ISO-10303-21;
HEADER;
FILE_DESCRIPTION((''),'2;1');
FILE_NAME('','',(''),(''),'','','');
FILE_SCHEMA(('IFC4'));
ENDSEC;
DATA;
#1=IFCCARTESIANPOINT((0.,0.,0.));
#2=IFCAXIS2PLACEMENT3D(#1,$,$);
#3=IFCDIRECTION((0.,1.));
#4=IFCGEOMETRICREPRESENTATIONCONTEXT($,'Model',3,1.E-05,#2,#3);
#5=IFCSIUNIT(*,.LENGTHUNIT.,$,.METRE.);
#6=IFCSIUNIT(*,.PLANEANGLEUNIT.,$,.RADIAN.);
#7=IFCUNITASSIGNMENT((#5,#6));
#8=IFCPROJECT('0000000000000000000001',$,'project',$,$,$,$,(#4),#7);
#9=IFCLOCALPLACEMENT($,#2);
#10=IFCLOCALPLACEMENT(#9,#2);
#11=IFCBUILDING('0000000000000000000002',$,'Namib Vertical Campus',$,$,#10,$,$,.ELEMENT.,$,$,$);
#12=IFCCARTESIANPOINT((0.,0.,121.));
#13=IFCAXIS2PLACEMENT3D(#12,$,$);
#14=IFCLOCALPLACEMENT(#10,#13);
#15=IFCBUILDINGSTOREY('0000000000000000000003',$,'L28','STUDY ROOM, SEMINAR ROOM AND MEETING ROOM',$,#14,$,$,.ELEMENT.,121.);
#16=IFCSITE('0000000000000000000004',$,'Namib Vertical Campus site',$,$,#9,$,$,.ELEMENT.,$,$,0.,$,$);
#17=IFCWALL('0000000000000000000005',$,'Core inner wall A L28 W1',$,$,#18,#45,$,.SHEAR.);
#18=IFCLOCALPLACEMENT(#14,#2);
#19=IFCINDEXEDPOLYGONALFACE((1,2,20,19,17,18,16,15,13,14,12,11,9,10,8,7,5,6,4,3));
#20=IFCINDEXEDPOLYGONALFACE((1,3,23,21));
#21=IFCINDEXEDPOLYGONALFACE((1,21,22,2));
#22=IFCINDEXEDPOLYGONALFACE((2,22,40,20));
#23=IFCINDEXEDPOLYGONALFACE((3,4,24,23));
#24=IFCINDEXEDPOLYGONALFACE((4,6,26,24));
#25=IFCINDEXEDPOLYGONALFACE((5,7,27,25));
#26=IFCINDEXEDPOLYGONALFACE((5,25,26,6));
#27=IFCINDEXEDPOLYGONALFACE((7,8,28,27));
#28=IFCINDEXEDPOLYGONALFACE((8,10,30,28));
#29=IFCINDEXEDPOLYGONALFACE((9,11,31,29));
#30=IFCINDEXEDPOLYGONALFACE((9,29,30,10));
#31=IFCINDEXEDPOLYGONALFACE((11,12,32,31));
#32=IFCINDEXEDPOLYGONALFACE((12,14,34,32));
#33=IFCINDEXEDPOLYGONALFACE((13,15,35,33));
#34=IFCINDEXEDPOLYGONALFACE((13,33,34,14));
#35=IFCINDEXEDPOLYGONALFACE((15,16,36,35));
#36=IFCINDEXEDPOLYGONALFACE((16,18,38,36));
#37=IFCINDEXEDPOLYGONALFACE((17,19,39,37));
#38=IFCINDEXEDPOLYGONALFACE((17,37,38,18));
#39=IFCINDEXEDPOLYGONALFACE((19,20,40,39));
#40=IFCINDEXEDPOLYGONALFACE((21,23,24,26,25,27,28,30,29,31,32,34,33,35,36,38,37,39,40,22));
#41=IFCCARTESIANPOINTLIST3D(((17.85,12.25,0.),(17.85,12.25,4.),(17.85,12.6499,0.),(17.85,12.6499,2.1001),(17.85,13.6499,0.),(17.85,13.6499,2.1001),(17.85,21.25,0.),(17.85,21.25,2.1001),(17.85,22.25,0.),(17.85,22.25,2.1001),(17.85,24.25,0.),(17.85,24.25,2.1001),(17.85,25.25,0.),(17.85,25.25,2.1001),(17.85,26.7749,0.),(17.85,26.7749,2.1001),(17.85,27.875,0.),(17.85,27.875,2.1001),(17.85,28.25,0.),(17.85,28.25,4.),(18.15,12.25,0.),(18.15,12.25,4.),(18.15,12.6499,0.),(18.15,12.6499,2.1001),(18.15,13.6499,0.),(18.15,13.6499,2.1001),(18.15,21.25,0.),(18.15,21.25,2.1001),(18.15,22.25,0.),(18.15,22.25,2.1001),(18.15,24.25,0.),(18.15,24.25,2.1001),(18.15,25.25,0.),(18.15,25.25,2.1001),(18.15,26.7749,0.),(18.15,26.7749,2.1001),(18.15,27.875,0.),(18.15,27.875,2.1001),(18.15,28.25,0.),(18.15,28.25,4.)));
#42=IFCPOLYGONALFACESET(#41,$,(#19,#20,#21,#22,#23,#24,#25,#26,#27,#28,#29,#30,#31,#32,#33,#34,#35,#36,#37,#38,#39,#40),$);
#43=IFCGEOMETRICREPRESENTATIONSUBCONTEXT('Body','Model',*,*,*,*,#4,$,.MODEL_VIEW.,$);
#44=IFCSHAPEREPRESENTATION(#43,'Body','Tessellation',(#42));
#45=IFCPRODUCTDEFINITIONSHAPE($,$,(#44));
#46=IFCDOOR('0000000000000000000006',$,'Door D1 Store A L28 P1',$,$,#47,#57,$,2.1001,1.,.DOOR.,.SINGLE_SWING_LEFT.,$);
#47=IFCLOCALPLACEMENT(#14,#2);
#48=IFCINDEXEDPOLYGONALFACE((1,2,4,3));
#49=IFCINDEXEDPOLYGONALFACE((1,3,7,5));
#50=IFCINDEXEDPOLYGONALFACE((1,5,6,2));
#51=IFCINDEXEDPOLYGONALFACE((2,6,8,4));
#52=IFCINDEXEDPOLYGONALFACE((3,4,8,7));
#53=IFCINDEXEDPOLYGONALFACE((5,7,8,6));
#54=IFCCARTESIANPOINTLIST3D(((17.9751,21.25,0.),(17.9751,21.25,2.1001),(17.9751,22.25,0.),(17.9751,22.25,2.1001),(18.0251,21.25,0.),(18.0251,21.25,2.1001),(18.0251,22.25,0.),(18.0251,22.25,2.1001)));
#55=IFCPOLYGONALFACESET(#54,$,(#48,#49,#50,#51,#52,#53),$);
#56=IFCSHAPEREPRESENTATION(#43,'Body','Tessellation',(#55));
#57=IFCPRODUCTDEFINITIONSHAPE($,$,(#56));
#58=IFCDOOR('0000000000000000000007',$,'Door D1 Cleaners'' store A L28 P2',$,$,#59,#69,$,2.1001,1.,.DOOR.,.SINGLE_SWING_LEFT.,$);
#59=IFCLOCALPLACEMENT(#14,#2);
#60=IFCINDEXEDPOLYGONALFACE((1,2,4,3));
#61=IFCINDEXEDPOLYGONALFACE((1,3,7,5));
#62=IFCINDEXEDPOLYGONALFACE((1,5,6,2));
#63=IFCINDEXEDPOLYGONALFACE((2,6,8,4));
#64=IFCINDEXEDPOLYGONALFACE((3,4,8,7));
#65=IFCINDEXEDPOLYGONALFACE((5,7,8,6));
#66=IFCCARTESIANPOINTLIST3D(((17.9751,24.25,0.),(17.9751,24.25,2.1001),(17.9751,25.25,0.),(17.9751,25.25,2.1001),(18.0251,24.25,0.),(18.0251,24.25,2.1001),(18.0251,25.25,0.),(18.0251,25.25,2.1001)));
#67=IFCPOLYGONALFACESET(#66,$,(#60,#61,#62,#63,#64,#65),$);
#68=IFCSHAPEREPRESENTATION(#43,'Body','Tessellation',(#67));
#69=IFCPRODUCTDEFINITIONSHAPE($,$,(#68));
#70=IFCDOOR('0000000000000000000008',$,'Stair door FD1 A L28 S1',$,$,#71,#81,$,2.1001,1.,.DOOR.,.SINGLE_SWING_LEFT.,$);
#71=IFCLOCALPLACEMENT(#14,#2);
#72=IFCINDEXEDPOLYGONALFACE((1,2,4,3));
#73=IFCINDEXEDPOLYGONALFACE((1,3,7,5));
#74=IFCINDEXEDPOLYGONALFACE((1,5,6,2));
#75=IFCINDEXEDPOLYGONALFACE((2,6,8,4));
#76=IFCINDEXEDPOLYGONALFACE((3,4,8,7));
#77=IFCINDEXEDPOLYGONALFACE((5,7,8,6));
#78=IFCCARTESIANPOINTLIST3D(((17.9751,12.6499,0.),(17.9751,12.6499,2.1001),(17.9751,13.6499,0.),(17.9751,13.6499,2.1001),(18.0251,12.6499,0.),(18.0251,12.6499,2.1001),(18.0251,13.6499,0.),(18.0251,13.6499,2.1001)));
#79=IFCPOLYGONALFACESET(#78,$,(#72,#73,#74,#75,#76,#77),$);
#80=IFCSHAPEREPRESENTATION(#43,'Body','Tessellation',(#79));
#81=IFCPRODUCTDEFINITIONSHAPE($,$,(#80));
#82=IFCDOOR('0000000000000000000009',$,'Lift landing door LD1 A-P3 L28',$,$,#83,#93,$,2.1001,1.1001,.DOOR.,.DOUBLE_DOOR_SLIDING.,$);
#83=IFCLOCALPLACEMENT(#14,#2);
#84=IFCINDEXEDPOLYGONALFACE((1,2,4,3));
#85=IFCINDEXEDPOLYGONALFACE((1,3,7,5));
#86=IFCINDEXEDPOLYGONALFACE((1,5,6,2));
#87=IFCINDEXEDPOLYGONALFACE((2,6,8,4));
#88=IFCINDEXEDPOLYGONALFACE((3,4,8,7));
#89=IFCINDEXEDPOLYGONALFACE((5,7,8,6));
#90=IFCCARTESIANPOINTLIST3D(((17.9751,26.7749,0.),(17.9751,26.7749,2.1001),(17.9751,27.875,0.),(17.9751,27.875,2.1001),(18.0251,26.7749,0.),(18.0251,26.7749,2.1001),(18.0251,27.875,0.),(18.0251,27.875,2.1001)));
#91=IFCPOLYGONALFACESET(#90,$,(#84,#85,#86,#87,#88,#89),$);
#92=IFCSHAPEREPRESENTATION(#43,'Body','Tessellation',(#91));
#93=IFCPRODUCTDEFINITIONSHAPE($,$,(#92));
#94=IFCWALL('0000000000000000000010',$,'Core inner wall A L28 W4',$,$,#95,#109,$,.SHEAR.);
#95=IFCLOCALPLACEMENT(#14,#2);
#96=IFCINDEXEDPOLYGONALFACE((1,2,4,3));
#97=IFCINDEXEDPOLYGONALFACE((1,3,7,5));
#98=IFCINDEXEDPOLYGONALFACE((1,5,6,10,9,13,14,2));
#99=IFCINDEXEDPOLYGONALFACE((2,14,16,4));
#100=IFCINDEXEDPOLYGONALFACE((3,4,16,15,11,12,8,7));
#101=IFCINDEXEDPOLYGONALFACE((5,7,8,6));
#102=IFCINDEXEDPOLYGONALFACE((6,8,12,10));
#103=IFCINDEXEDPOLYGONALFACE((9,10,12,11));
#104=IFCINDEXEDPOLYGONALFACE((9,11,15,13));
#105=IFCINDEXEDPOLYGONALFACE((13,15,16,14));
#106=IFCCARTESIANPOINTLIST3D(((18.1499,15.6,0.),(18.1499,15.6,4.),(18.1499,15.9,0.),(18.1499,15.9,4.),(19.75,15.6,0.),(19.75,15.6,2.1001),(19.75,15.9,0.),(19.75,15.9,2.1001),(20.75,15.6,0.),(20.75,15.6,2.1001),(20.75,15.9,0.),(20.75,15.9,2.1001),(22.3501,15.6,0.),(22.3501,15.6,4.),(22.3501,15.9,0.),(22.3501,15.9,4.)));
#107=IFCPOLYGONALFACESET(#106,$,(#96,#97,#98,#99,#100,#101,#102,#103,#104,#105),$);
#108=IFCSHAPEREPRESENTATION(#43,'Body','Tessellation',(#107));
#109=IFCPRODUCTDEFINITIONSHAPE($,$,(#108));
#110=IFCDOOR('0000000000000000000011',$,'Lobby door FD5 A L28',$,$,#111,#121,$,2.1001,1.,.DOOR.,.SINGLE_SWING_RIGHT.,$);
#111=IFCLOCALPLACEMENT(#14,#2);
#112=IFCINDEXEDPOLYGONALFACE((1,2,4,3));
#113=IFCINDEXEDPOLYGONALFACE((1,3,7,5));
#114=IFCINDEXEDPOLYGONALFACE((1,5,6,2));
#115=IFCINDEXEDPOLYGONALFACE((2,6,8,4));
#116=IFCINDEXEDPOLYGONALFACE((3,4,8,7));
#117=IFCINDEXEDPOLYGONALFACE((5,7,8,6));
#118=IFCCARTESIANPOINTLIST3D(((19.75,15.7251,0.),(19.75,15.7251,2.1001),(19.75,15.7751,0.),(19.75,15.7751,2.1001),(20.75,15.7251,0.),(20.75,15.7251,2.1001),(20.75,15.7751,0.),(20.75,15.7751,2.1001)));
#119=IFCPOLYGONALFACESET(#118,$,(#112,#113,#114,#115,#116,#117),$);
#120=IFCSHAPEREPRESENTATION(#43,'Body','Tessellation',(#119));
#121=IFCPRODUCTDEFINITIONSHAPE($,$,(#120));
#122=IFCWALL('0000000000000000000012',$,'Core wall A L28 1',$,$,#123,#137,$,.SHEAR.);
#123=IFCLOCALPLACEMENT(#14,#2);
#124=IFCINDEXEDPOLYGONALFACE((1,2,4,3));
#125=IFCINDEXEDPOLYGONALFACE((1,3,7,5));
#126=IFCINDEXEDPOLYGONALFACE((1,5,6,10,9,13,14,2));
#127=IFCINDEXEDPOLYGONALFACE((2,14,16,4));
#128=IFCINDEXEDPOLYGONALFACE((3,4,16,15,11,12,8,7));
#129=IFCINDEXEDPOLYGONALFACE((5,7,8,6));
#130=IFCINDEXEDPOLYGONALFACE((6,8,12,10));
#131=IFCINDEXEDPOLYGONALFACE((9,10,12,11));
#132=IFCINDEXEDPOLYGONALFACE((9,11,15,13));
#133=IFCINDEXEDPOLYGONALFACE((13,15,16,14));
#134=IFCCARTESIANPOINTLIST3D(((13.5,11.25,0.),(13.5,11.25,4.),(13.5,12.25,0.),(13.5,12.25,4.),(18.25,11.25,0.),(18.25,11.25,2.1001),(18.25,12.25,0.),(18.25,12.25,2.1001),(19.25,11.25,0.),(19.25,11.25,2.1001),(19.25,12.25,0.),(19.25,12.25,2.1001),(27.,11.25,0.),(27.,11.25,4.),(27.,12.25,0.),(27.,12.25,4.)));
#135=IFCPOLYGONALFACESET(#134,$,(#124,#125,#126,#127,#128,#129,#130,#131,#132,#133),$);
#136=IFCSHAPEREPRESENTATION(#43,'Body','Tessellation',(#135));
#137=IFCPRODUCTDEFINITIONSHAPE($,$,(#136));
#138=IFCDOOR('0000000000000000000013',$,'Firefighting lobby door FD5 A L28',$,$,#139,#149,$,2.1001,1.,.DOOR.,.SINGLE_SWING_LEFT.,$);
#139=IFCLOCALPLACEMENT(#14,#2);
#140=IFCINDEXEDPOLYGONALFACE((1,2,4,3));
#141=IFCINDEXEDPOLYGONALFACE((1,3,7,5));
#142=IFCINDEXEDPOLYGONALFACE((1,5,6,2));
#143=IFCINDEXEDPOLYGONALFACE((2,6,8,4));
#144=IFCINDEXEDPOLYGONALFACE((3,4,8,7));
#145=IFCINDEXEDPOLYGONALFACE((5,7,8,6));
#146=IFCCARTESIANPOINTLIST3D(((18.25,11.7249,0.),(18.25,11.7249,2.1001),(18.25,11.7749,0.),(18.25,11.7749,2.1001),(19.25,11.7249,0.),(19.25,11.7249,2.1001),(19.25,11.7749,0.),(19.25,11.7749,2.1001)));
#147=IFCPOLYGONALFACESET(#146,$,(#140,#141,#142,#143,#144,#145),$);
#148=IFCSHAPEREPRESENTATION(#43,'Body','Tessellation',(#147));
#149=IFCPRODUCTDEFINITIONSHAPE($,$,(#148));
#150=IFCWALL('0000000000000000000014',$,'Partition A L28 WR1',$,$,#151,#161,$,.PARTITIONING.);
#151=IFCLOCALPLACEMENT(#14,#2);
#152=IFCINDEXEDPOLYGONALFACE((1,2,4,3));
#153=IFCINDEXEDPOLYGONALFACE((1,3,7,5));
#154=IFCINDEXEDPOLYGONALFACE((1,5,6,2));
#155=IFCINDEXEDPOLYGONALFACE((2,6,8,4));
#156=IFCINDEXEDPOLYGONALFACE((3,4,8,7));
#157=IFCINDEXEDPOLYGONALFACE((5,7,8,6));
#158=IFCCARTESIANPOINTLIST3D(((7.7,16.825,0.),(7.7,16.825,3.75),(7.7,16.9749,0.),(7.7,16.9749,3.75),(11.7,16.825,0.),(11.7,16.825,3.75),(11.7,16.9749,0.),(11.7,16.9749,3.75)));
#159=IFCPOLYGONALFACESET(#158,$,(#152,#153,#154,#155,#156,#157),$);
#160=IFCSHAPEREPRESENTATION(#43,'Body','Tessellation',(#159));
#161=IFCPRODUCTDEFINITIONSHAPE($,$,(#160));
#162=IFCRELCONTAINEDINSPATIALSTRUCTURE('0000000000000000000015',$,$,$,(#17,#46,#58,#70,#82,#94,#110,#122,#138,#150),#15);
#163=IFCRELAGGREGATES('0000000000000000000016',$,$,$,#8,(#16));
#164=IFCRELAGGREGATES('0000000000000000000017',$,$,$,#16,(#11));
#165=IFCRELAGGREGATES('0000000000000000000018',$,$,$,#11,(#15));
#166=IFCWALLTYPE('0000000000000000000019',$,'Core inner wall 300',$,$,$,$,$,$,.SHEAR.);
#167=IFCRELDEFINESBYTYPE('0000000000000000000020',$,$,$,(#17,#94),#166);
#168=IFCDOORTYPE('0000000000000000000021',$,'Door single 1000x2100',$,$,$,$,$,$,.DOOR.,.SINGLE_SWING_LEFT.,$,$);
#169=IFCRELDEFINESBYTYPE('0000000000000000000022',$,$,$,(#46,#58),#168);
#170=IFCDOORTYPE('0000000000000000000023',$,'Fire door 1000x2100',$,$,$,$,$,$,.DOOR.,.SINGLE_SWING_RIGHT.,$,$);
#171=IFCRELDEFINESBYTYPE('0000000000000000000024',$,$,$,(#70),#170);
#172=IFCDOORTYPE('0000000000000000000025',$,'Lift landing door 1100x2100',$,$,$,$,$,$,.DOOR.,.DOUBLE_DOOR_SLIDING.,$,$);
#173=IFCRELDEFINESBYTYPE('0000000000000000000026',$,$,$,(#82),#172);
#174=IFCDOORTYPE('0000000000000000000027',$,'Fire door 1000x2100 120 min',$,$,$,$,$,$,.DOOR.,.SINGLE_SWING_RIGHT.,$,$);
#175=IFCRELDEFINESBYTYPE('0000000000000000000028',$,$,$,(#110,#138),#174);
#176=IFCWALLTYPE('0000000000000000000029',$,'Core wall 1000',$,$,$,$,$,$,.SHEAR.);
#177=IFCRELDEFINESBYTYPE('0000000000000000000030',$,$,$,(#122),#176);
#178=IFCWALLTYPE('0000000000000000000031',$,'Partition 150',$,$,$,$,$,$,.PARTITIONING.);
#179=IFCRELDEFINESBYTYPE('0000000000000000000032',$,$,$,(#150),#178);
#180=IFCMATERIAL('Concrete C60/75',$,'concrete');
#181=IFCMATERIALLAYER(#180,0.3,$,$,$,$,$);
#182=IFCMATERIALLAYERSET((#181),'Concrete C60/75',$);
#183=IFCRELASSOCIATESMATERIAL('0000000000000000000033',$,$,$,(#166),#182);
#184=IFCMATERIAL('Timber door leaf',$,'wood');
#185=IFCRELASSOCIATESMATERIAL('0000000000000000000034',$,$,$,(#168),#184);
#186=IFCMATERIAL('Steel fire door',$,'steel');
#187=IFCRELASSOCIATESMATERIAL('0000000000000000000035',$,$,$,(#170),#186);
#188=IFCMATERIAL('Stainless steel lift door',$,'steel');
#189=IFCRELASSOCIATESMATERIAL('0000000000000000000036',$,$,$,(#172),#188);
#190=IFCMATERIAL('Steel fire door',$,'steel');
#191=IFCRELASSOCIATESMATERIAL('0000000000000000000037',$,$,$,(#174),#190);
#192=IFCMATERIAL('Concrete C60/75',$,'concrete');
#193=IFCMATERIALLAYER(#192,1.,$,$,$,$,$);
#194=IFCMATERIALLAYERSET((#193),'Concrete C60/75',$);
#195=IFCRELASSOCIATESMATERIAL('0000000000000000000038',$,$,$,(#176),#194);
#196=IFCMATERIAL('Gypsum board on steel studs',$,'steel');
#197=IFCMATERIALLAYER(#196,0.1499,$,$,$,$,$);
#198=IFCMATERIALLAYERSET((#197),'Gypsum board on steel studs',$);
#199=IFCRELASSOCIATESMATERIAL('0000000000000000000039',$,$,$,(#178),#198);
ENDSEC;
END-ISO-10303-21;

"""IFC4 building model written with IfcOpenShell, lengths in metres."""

from ifc_helpers import new_model, si_unit, direction, frame, frame_2d, origin, place, context, subcontext, project, spatial, rectangle, extrude, material, layer, layer_set, type_object, element, fill, save


model = new_model("IFC4")

# Units and contexts
model_context = context("Model", 3, precision=1e-05, world=origin(), true_north=direction((0.0, 1.0)))
body_context = subcontext(model_context, "Body", "Model", "MODEL_VIEW")
ifc_project = project(units=[si_unit("LENGTHUNIT", "METRE"), si_unit("PLANEANGLEUNIT", "RADIAN")], contexts=[model_context])

# Site, building, storey
site_placement = place(None, origin())
site = spatial("IfcSite", under=ifc_project, at=site_placement, Name="Namib Vertical Campus site", CompositionType="ELEMENT", RefElevation=0.0)
building_placement = place(site_placement, origin())
building = spatial("IfcBuilding", under=site, at=building_placement, Name="Namib Vertical Campus", CompositionType="ELEMENT")
storey_placement = place(building_placement, frame((0.0, 0.0, 121.0)))
storey = spatial("IfcBuildingStorey", under=building, at=storey_placement, Name="L28", Description="STUDY ROOM, SEMINAR ROOM AND MEETING ROOM", CompositionType="ELEMENT", Elevation=121.0)

# Wall, openings, doors
ifc_material_1 = material(Name="Concrete C60/75", Category="concrete")
ifc_layer_1 = layer(ifc_material_1, 0.3)
ifc_layer_set_1 = layer_set([ifc_layer_1], Name="Concrete C60/75")
wall_type_1 = type_object("IfcWallType", Name="Core inner wall 300", PredefinedType="SHEAR", material=ifc_layer_set_1)
wall_1_placement = place(storey_placement, frame((18.0, 12.25, 0.0), z_axis=(0.0, 0.0, 1.0), x_axis=(0.0, 1.0, 0.0)))
wall_1 = element("IfcWall", 1, at=wall_1_placement, inside=storey, type_object=wall_type_1, Name="Core inner wall A L28 W1", PredefinedType="SHEAR", context=body_context, shape_type="SweptSolid", body=[
    extrude(rectangle(XDim=16.0, YDim=0.3, at=frame_2d((8.0, 0.0))), origin(), (0.0, 0.0, 1.0), 4.0),
])
opening_1_placement = place(wall_1_placement, frame((0.3999, 0.0, 0.0)))
opening_1 = element("IfcOpeningElement", 2, at=opening_1_placement, cuts=wall_1, PredefinedType="OPENING", context=body_context, shape_type="SweptSolid", body=[
    extrude(rectangle(XDim=1.0, YDim=2.1001, at=frame_2d((0.5, 1.05))), frame((0.0, 0.1599, 0.0), z_axis=(0.0, -1.0, 0.0), x_axis=(1.0, 0.0, 0.0)), (0.0, 0.0, 1.0), 0.3201),
])
opening_2_placement = place(wall_1_placement, frame((14.5249, 0.0, 0.0)))
opening_2 = element("IfcOpeningElement", 3, at=opening_2_placement, cuts=wall_1, PredefinedType="OPENING", context=body_context, shape_type="SweptSolid", body=[
    extrude(rectangle(XDim=1.1001, YDim=2.1001, at=frame_2d((0.55, 1.05))), frame((0.0, 0.1599, 0.0), z_axis=(0.0, -1.0, 0.0), x_axis=(1.0, 0.0, 0.0)), (0.0, 0.0, 1.0), 0.3201),
])
opening_3_placement = place(wall_1_placement, frame((9.0, 0.0, 0.0)))
opening_3 = element("IfcOpeningElement", 4, at=opening_3_placement, cuts=wall_1, PredefinedType="OPENING", context=body_context, shape_type="SweptSolid", body=[
    extrude(rectangle(XDim=1.0, YDim=2.1001, at=frame_2d((0.5, 1.05))), frame((0.0, 0.1599, 0.0), z_axis=(0.0, -1.0, 0.0), x_axis=(1.0, 0.0, 0.0)), (0.0, 0.0, 1.0), 0.3201),
])
opening_4_placement = place(wall_1_placement, frame((12.0, 0.0, 0.0)))
opening_4 = element("IfcOpeningElement", 5, at=opening_4_placement, cuts=wall_1, PredefinedType="OPENING", context=body_context, shape_type="SweptSolid", body=[
    extrude(rectangle(XDim=1.0, YDim=2.1001, at=frame_2d((0.5, 1.05))), frame((0.0, 0.1599, 0.0), z_axis=(0.0, -1.0, 0.0), x_axis=(1.0, 0.0, 0.0)), (0.0, 0.0, 1.0), 0.3201),
])
ifc_material_2 = material(Name="Timber door leaf", Category="wood")
door_type_1 = type_object("IfcDoorType", Name="Door single 1000x2100", OperationType="SINGLE_SWING_LEFT", PredefinedType="DOOR", material=ifc_material_2)
door_1_placement = place(opening_3_placement, origin())
door_1 = element("IfcDoor", 6, at=door_1_placement, inside=storey, type_object=door_type_1, Name="Door D1 Store A L28 P1", OperationType="SINGLE_SWING_LEFT", OverallHeight=2.1001, OverallWidth=1.0, PredefinedType="DOOR", context=body_context, shape_type="SweptSolid", body=[
    extrude(rectangle(XDim=1.0, YDim=2.1001, at=frame_2d((0.5, 1.05))), frame((0.0, 0.0249, 0.0), z_axis=(0.0, -1.0, 0.0), x_axis=(1.0, 0.0, 0.0)), (0.0, 0.0, 1.0), 0.05),
])
fill(opening_3, door_1)
door_2_placement = place(opening_4_placement, origin())
door_2 = element("IfcDoor", 7, at=door_2_placement, inside=storey, type_object=door_type_1, Name="Door D1 Cleaners' store A L28 P2", OperationType="SINGLE_SWING_LEFT", OverallHeight=2.1001, OverallWidth=1.0, PredefinedType="DOOR", context=body_context, shape_type="SweptSolid", body=[
    extrude(rectangle(XDim=1.0, YDim=2.1001, at=frame_2d((0.5, 1.05))), frame((0.0, 0.0249, 0.0), z_axis=(0.0, -1.0, 0.0), x_axis=(1.0, 0.0, 0.0)), (0.0, 0.0, 1.0), 0.05),
])
fill(opening_4, door_2)
ifc_material_3 = material(Name="Steel fire door", Category="steel")
door_type_2 = type_object("IfcDoorType", Name="Fire door 1000x2100", OperationType="SINGLE_SWING_RIGHT", PredefinedType="DOOR", material=ifc_material_3)
door_3_placement = place(opening_1_placement, origin())
door_3 = element("IfcDoor", 8, at=door_3_placement, inside=storey, type_object=door_type_2, Name="Stair door FD1 A L28 S1", OperationType="SINGLE_SWING_LEFT", OverallHeight=2.1001, OverallWidth=1.0, PredefinedType="DOOR", context=body_context, shape_type="SweptSolid", body=[
    extrude(rectangle(XDim=1.0, YDim=2.1001, at=frame_2d((0.5, 1.05))), frame((0.0, 0.0249, 0.0), z_axis=(0.0, -1.0, 0.0), x_axis=(1.0, 0.0, 0.0)), (0.0, 0.0, 1.0), 0.05),
])
fill(opening_1, door_3)
ifc_material_4 = material(Name="Stainless steel lift door", Category="steel")
door_type_3 = type_object("IfcDoorType", Name="Lift landing door 1100x2100", OperationType="DOUBLE_DOOR_SLIDING", PredefinedType="DOOR", material=ifc_material_4)
door_4_placement = place(opening_2_placement, origin())
door_4 = element("IfcDoor", 9, at=door_4_placement, inside=storey, type_object=door_type_3, Name="Lift landing door LD1 A-P3 L28", OperationType="DOUBLE_DOOR_SLIDING", OverallHeight=2.1001, OverallWidth=1.1001, PredefinedType="DOOR", context=body_context, shape_type="SweptSolid", body=[
    extrude(rectangle(XDim=1.1001, YDim=2.1001, at=frame_2d((0.55, 1.05))), frame((0.0, 0.0249, 0.0), z_axis=(0.0, -1.0, 0.0), x_axis=(1.0, 0.0, 0.0)), (0.0, 0.0, 1.0), 0.05),
])
fill(opening_2, door_4)

# Walls, openings, doors
wall_2_placement = place(storey_placement, frame((18.1499, 15.75, 0.0), z_axis=(0.0, 0.0, 1.0), x_axis=(1.0, 0.0, 0.0)))
wall_2 = element("IfcWall", 10, at=wall_2_placement, inside=storey, type_object=wall_type_1, Name="Core inner wall A L28 W4", PredefinedType="SHEAR", context=body_context, shape_type="SweptSolid", body=[
    extrude(rectangle(XDim=4.2002, YDim=0.3, at=frame_2d((2.1001, 0.0))), origin(), (0.0, 0.0, 1.0), 4.0),
])
opening_5_placement = place(wall_2_placement, frame((1.6001, 0.0, 0.0)))
opening_5 = element("IfcOpeningElement", 11, at=opening_5_placement, cuts=wall_2, PredefinedType="OPENING", context=body_context, shape_type="SweptSolid", body=[
    extrude(rectangle(XDim=1.0, YDim=2.1001, at=frame_2d((0.5, 1.05))), frame((0.0, 0.1599, 0.0), z_axis=(0.0, -1.0, 0.0), x_axis=(1.0, 0.0, 0.0)), (0.0, 0.0, 1.0), 0.3201),
])
ifc_material_5 = material(Name="Steel fire door", Category="steel")
door_type_4 = type_object("IfcDoorType", Name="Fire door 1000x2100 120 min", OperationType="SINGLE_SWING_RIGHT", PredefinedType="DOOR", material=ifc_material_5)
door_5_placement = place(opening_5_placement, frame((1.0, 0.0, 0.0), z_axis=(0.0, 0.0, 1.0), x_axis=(-1.0, 0.0, 0.0)))
door_5 = element("IfcDoor", 12, at=door_5_placement, inside=storey, type_object=door_type_4, Name="Lobby door FD5 A L28", OperationType="SINGLE_SWING_RIGHT", OverallHeight=2.1001, OverallWidth=1.0, PredefinedType="DOOR", context=body_context, shape_type="SweptSolid", body=[
    extrude(rectangle(XDim=1.0, YDim=2.1001, at=frame_2d((0.5, 1.05))), frame((0.0, 0.0249, 0.0), z_axis=(0.0, -1.0, 0.0), x_axis=(1.0, 0.0, 0.0)), (0.0, 0.0, 1.0), 0.05),
])
fill(opening_5, door_5)
ifc_material_6 = material(Name="Concrete C60/75", Category="concrete")
ifc_layer_2 = layer(ifc_material_6, 1.0)
ifc_layer_set_2 = layer_set([ifc_layer_2], Name="Concrete C60/75")
wall_type_2 = type_object("IfcWallType", Name="Core wall 1000", PredefinedType="SHEAR", material=ifc_layer_set_2)
wall_3_placement = place(storey_placement, frame((13.5, 11.75, 0.0), z_axis=(0.0, 0.0, 1.0), x_axis=(1.0, 0.0, 0.0)))
wall_3 = element("IfcWall", 13, at=wall_3_placement, inside=storey, type_object=wall_type_2, Name="Core wall A L28 1", PredefinedType="SHEAR", context=body_context, shape_type="SweptSolid", body=[
    extrude(rectangle(XDim=13.5, YDim=1.0, at=frame_2d((6.75, 0.0))), origin(), (0.0, 0.0, 1.0), 4.0),
])
opening_6_placement = place(wall_3_placement, frame((4.75, 0.0, 0.0)))
opening_6 = element("IfcOpeningElement", 14, at=opening_6_placement, cuts=wall_3, PredefinedType="OPENING", context=body_context, shape_type="SweptSolid", body=[
    extrude(rectangle(XDim=1.0, YDim=2.1001, at=frame_2d((0.5, 1.05))), frame((0.0, 0.51, 0.0), z_axis=(0.0, -1.0, 0.0), x_axis=(1.0, 0.0, 0.0)), (0.0, 0.0, 1.0), 1.02),
])
door_6_placement = place(opening_6_placement, origin())
door_6 = element("IfcDoor", 15, at=door_6_placement, inside=storey, type_object=door_type_4, Name="Firefighting lobby door FD5 A L28", OperationType="SINGLE_SWING_LEFT", OverallHeight=2.1001, OverallWidth=1.0, PredefinedType="DOOR", context=body_context, shape_type="SweptSolid", body=[
    extrude(rectangle(XDim=1.0, YDim=2.1001, at=frame_2d((0.5, 1.05))), frame((0.0, 0.0249, 0.0), z_axis=(0.0, -1.0, 0.0), x_axis=(1.0, 0.0, 0.0)), (0.0, 0.0, 1.0), 0.05),
])
fill(opening_6, door_6)

# Wall
ifc_material_7 = material(Name="Gypsum board on steel studs", Category="steel")
ifc_layer_3 = layer(ifc_material_7, 0.1499)
ifc_layer_set_3 = layer_set([ifc_layer_3], Name="Gypsum board on steel studs")
wall_type_3 = type_object("IfcWallType", Name="Partition 150", PredefinedType="PARTITIONING", material=ifc_layer_set_3)
wall_4_placement = place(storey_placement, frame((11.7, 16.8999, 0.0), z_axis=(0.0, 0.0, 1.0), x_axis=(-1.0, 0.0, 0.0)))
element("IfcWall", 16, at=wall_4_placement, inside=storey, type_object=wall_type_3, Name="Partition A L28 WR1", PredefinedType="PARTITIONING", context=body_context, shape_type="SweptSolid", body=[
    extrude(rectangle(XDim=4.0, YDim=0.1499, at=frame_2d((2.0, 0.0))), origin(), (0.0, 0.0, 1.0), 3.75),
])

save(model, "model.ifc")
